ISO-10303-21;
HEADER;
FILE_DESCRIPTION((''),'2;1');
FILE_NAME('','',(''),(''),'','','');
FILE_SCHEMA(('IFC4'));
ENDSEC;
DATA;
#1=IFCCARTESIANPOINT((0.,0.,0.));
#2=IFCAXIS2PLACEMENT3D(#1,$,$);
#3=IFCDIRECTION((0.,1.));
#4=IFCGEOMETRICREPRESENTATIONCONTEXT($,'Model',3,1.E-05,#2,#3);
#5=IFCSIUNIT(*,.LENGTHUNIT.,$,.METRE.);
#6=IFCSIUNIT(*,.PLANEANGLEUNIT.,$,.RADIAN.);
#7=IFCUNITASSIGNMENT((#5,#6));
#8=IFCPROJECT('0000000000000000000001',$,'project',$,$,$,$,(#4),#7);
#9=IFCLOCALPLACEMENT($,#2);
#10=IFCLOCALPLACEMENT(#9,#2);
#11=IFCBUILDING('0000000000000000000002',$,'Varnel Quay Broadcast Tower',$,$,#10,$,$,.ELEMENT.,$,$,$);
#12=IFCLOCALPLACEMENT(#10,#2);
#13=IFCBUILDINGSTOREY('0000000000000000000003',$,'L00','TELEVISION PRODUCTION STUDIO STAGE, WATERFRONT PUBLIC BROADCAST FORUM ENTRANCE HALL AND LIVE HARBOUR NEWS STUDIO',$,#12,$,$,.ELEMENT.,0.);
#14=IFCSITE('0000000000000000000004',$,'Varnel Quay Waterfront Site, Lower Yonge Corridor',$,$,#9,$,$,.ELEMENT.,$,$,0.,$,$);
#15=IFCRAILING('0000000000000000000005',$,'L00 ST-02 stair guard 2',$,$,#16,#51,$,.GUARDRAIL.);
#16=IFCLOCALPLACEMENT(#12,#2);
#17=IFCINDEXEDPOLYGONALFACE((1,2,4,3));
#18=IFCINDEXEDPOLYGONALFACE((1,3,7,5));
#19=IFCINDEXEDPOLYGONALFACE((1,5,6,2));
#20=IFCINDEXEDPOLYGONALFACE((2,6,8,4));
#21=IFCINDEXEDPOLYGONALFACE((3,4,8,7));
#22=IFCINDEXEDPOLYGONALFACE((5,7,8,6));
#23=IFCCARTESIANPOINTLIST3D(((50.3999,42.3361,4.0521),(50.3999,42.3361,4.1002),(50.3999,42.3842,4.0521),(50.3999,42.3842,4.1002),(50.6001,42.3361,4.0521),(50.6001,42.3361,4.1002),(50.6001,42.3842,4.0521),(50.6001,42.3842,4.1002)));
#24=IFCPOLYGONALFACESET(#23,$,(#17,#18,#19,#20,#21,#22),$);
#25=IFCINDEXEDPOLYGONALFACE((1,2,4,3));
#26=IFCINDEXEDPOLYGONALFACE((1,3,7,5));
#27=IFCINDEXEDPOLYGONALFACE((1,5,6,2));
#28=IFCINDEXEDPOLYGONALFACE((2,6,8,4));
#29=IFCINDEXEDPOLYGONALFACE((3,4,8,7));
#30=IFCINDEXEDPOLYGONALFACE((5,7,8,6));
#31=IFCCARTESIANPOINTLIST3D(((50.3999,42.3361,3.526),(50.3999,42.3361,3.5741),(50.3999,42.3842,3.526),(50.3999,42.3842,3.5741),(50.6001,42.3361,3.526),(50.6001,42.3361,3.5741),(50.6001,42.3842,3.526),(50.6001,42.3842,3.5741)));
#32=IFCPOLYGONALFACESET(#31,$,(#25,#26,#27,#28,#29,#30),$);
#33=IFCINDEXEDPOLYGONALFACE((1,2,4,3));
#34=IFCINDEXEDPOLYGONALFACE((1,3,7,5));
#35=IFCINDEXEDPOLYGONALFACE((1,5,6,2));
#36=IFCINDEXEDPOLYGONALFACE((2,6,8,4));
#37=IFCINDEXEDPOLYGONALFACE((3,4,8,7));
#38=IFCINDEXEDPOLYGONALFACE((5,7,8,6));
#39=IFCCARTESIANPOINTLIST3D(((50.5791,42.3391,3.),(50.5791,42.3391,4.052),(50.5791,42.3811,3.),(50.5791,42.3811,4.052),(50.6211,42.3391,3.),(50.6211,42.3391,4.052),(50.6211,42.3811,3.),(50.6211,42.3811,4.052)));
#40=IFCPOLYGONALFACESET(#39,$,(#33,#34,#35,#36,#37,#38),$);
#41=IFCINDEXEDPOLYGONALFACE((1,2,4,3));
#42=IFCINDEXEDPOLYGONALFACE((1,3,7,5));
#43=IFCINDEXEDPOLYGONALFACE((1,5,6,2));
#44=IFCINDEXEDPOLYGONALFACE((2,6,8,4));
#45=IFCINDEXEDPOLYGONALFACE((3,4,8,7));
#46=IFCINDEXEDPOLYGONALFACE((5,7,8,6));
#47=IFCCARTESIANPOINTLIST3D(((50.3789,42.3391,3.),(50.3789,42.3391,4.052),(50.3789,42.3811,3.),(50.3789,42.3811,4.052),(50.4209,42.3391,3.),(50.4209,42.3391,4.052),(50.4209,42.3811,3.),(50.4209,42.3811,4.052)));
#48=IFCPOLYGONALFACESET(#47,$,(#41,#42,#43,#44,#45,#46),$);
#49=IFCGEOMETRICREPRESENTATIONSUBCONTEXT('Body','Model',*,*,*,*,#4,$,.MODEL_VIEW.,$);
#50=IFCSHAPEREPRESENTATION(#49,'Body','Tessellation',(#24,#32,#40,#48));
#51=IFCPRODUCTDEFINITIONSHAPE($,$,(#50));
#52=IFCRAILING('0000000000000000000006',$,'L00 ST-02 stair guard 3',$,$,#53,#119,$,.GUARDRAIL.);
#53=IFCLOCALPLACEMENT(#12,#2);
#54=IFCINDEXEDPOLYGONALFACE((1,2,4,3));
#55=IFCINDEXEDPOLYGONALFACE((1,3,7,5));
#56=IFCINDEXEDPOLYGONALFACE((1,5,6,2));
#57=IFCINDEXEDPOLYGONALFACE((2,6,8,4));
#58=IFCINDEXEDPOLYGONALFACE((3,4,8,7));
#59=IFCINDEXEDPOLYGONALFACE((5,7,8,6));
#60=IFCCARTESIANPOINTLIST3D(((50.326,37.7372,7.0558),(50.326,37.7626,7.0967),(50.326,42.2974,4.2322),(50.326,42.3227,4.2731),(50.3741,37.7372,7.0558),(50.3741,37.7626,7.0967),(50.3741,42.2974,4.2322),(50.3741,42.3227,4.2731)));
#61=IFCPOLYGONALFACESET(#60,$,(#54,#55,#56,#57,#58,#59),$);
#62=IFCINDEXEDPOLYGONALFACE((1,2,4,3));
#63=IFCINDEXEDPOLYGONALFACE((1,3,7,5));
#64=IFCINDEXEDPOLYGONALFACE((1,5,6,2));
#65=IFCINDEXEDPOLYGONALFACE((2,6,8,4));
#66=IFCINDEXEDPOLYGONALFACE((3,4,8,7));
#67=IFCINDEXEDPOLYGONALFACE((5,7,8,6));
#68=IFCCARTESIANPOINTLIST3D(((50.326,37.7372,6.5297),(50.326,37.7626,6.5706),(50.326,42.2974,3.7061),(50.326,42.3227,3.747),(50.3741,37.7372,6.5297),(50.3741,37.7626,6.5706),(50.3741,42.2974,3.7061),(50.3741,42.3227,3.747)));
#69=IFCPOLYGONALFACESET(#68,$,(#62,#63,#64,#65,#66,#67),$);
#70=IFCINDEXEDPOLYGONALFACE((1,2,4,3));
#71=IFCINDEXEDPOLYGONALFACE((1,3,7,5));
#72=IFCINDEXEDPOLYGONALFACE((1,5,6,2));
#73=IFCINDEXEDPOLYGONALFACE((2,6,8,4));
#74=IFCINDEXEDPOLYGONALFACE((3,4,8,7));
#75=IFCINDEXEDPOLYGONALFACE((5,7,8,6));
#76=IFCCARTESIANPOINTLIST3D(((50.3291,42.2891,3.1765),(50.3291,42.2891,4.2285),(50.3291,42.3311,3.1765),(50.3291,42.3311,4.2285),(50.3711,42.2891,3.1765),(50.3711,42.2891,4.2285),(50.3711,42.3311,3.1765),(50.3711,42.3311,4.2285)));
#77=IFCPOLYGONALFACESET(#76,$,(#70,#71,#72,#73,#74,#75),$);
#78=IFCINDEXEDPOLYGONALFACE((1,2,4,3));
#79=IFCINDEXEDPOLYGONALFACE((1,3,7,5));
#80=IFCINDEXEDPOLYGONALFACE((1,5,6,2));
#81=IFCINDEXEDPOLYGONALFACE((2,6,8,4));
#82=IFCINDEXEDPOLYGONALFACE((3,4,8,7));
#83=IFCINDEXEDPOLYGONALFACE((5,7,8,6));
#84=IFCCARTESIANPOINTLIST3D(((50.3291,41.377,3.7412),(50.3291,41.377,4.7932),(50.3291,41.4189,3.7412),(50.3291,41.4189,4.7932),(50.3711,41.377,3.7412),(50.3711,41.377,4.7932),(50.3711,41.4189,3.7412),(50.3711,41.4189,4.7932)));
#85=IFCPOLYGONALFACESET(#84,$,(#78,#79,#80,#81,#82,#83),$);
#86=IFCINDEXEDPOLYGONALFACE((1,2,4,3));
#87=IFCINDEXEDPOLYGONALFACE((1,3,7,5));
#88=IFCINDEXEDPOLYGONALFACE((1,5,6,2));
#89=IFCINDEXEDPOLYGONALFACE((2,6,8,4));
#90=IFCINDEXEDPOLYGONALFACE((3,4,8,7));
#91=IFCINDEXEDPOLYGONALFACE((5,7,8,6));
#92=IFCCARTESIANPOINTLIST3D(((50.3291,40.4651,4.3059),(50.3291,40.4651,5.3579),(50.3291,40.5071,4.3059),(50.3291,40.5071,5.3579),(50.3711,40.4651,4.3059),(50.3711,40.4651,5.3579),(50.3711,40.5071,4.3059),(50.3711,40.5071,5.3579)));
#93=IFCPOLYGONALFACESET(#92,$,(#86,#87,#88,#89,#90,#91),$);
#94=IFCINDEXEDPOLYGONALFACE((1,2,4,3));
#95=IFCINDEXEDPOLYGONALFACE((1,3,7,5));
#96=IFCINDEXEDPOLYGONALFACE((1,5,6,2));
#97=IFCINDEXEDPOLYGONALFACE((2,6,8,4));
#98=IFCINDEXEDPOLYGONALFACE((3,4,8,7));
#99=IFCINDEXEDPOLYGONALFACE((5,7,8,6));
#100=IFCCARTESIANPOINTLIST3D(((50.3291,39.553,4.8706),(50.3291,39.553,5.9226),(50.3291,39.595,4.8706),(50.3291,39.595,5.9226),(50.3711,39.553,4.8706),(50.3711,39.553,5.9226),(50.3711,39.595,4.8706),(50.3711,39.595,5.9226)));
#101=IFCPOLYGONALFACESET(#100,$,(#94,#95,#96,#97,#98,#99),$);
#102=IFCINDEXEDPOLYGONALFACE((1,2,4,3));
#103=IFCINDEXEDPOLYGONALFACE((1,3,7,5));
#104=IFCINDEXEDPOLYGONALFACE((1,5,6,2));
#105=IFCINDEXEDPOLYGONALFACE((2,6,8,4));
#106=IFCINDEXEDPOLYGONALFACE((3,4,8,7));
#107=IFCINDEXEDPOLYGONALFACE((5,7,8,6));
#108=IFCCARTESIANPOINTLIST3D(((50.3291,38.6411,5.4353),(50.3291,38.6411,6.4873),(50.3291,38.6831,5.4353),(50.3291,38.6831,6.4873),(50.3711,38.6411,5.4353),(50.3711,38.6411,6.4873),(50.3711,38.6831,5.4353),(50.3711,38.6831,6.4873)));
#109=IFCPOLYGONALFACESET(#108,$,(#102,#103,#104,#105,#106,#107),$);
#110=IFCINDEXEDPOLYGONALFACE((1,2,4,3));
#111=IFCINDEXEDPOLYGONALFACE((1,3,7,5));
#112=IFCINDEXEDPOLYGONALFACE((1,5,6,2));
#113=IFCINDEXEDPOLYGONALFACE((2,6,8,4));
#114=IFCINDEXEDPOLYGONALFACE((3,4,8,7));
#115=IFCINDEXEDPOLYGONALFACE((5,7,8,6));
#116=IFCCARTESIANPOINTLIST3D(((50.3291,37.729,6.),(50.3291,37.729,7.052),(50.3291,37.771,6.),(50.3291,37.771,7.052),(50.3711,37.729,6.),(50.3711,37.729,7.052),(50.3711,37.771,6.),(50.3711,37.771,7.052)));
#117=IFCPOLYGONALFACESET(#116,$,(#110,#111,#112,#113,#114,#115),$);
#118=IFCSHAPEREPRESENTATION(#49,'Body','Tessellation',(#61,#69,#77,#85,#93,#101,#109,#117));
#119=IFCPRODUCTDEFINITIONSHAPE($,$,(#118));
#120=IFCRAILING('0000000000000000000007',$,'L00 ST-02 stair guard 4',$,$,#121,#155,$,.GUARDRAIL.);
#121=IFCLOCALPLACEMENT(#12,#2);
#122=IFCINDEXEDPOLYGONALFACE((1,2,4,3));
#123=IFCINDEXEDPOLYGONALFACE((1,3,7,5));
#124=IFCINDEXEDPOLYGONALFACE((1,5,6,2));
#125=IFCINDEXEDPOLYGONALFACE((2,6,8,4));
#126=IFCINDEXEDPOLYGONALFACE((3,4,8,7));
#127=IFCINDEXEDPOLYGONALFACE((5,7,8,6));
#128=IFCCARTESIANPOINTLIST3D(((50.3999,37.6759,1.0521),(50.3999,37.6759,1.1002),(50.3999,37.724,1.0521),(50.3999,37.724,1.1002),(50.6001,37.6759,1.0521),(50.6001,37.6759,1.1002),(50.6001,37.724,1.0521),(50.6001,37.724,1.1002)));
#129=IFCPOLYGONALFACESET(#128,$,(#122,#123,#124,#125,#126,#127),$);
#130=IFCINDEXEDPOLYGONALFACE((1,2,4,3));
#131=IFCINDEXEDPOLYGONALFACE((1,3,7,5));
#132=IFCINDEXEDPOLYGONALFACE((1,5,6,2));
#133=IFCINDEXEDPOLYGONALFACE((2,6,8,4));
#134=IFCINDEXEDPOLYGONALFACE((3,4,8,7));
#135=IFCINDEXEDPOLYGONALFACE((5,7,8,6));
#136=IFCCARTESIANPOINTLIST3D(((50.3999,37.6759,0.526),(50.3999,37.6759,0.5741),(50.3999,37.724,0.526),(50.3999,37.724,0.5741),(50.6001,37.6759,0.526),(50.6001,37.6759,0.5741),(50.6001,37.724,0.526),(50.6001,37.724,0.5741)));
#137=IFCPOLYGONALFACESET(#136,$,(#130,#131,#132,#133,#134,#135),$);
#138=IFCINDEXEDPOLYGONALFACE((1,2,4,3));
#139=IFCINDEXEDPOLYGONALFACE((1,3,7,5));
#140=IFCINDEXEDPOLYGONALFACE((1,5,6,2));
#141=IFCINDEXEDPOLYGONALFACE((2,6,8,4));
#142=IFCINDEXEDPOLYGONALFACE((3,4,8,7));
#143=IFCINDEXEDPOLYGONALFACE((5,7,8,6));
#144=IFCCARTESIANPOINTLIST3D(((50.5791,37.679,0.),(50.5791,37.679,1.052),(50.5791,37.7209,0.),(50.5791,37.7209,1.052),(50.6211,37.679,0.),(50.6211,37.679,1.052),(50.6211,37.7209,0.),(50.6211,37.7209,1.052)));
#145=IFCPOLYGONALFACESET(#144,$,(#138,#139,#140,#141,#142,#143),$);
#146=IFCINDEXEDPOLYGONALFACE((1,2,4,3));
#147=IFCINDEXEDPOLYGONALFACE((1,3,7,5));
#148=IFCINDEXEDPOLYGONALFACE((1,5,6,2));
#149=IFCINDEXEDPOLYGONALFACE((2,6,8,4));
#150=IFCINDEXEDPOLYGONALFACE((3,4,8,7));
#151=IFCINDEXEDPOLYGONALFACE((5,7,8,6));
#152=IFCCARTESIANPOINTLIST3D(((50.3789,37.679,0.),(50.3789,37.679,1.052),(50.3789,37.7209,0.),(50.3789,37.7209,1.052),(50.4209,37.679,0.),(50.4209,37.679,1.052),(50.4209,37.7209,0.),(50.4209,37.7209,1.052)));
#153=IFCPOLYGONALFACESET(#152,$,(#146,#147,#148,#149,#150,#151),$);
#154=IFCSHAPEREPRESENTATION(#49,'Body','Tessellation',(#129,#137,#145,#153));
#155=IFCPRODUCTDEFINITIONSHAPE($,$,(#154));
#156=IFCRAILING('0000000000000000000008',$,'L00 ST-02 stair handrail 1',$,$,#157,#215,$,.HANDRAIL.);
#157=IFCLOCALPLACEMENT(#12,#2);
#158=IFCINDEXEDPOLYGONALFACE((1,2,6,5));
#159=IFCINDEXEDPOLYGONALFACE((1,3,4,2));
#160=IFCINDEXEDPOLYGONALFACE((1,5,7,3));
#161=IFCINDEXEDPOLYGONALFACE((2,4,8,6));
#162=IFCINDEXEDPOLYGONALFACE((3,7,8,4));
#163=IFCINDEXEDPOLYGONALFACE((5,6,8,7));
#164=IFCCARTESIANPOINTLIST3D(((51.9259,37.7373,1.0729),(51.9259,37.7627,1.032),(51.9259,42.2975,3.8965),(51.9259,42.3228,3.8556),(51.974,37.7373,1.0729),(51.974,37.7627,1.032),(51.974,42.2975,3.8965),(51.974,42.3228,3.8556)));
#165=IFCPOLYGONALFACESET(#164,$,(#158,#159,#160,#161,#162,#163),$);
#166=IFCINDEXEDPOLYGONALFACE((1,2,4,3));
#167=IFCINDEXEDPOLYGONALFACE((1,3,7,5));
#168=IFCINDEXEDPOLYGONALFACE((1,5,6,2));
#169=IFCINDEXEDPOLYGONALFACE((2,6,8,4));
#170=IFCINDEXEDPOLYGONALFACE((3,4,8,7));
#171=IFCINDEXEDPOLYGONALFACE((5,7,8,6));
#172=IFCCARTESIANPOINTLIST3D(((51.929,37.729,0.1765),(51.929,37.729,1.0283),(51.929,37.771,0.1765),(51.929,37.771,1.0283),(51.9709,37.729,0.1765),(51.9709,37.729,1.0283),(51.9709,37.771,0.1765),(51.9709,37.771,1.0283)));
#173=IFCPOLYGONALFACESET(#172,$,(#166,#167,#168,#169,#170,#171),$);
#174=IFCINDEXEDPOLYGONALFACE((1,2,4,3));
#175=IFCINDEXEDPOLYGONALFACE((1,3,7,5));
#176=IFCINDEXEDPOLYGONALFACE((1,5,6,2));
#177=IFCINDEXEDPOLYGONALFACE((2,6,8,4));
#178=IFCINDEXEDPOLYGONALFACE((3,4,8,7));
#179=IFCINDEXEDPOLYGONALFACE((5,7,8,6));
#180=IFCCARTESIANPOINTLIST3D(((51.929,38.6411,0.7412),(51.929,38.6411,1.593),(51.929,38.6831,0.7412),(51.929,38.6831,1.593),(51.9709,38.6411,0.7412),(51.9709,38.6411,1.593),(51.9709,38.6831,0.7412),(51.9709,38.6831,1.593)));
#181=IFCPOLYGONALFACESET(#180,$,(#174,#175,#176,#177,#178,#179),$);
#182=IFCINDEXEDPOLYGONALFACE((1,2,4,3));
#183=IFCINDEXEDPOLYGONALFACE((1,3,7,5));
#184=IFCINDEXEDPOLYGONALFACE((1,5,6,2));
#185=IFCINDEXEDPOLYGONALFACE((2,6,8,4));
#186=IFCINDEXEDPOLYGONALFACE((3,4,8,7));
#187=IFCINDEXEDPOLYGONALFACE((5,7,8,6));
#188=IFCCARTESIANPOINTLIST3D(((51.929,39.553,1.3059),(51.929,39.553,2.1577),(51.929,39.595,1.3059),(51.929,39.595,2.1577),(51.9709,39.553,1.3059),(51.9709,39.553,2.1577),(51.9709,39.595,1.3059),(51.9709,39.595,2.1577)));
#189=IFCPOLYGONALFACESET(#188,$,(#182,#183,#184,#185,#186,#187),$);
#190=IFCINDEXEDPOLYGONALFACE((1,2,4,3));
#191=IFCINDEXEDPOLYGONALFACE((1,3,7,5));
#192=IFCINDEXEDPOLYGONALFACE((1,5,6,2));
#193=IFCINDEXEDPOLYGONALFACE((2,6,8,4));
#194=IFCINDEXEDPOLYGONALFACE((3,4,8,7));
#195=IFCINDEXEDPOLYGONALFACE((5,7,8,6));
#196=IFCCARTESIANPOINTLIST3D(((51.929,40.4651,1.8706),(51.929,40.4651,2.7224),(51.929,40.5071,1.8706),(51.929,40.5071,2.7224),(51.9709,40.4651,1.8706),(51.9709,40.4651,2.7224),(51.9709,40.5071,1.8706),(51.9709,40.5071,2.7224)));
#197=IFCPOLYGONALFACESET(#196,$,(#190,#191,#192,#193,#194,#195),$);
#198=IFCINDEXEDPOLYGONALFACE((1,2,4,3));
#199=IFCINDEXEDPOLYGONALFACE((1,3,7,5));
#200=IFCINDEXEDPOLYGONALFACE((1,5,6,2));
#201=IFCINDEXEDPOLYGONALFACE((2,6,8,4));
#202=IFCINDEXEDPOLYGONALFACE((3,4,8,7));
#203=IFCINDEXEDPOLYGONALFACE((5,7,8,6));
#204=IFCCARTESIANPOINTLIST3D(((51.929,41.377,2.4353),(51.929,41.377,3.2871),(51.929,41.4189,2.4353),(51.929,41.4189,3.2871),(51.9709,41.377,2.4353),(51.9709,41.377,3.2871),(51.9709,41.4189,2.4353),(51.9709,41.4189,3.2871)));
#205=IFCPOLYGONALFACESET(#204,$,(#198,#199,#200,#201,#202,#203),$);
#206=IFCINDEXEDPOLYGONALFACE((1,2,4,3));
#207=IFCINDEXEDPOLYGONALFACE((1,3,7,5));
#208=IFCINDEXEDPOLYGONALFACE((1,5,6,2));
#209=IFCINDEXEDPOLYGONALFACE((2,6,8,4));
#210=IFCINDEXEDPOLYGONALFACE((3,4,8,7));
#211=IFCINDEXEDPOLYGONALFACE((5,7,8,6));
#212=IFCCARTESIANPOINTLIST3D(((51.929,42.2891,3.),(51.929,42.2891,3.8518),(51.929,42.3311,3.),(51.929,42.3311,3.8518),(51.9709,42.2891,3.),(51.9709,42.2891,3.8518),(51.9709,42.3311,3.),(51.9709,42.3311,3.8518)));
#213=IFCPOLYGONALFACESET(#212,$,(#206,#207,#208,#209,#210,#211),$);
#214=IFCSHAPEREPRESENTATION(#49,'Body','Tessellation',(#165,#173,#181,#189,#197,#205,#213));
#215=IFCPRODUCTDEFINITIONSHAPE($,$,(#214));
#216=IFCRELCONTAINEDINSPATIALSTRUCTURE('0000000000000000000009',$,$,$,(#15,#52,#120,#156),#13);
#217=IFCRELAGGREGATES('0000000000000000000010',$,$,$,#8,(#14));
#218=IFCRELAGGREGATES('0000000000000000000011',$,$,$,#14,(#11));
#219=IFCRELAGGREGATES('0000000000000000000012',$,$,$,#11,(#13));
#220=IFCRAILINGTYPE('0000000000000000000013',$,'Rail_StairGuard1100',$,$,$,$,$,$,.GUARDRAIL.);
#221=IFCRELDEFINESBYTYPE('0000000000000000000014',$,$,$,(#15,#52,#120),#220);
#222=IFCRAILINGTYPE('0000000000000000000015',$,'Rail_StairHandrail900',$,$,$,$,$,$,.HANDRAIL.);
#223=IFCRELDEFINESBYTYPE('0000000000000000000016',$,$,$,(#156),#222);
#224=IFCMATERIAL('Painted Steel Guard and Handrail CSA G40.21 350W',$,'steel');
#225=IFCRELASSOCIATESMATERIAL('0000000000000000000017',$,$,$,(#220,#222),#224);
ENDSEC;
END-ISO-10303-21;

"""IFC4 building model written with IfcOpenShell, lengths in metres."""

from ifc_helpers import new_model, si_unit, direction, frame, origin, origin_2d, place, context, subcontext, project, spatial, rectangle, extrude, material, type_object, element, save


model = new_model("IFC4")

# Units and contexts
model_context = context("Model", 3, precision=1e-05, world=origin(), true_north=direction((0.0, 1.0)))
body_context = subcontext(model_context, "Body", "Model", "MODEL_VIEW")
ifc_project = project(units=[si_unit("LENGTHUNIT", "METRE"), si_unit("PLANEANGLEUNIT", "RADIAN")], contexts=[model_context])

# Site, building, storey
site_placement = place(None, origin())
site = spatial("IfcSite", under=ifc_project, at=site_placement, Name="Varnel Quay Waterfront Site, Lower Yonge Corridor", CompositionType="ELEMENT", RefElevation=0.0)
building_placement = place(site_placement, origin())
building = spatial("IfcBuilding", under=site, at=building_placement, Name="Varnel Quay Broadcast Tower", CompositionType="ELEMENT")
storey_placement = place(building_placement, origin())
storey = spatial("IfcBuildingStorey", under=building, at=storey_placement, Name="L00", Description="TELEVISION PRODUCTION STUDIO STAGE, WATERFRONT PUBLIC BROADCAST FORUM ENTRANCE HALL AND LIVE HARBOUR NEWS STUDIO", CompositionType="ELEMENT", Elevation=0.0)

# Railings
ifc_material_1 = material(Name="Painted Steel Guard and Handrail CSA G40.21 350W", Category="steel")
railing_type_1 = type_object("IfcRailingType", Name="Rail_StairGuard1100", PredefinedType="GUARDRAIL", material=ifc_material_1)
railing_1_placement = place(storey_placement, frame((50.6001, 42.3601, 3.0)))
element("IfcRailing", 1, at=railing_1_placement, inside=storey, type_object=railing_type_1, Name="L00 ST-02 stair guard 2", PredefinedType="GUARDRAIL", context=body_context, shape_type="SweptSolid", body=[
    extrude(rectangle(XDim=0.0481, YDim=0.0481, at=origin_2d()), frame((0.0, 0.0, 1.0762), z_axis=(-1.0, 0.0, 0.0), x_axis=(0.0, -1.0, 0.0)), (0.0, 0.0, 1.0), 0.2002),
    extrude(rectangle(XDim=0.0481, YDim=0.0481, at=origin_2d()), frame((0.0, 0.0, 0.55), z_axis=(-1.0, 0.0, 0.0), x_axis=(0.0, -1.0, 0.0)), (0.0, 0.0, 1.0), 0.2002),
    extrude(rectangle(XDim=0.042, YDim=0.042, at=origin_2d()), origin(), (0.0, 0.0, 1.0), 1.052),
    extrude(rectangle(XDim=0.042, YDim=0.042, at=origin_2d()), frame((-0.2002, 0.0, 0.0)), (0.0, 0.0, 1.0), 1.052),
])
railing_2_placement = place(storey_placement, frame((50.3501, 42.3101, 3.1765)))
element("IfcRailing", 2, at=railing_2_placement, inside=storey, type_object=railing_type_1, Name="L00 ST-02 stair guard 3", PredefinedType="GUARDRAIL", context=body_context, shape_type="SweptSolid", body=[
    extrude(rectangle(XDim=0.0481, YDim=0.0481, at=origin_2d()), frame((0.0, 0.0, 1.0762), z_axis=(0.0, -0.850216, 0.526435), x_axis=(1.0, 0.0, 0.0)), (0.0, 0.0, 1.0), 5.3635),
    extrude(rectangle(XDim=0.0481, YDim=0.0481, at=origin_2d()), frame((0.0, 0.0, 0.55), z_axis=(0.0, -0.850216, 0.526435), x_axis=(1.0, 0.0, 0.0)), (0.0, 0.0, 1.0), 5.3635),
    extrude(rectangle(XDim=0.042, YDim=0.042, at=origin_2d()), origin(), (0.0, 0.0, 1.0), 1.052),
    extrude(rectangle(XDim=0.042, YDim=0.042, at=origin_2d()), frame((0.0, -0.9121, 0.5647)), (0.0, 0.0, 1.0), 1.052),
    extrude(rectangle(XDim=0.042, YDim=0.042, at=origin_2d()), frame((0.0, -1.824, 1.1294)), (0.0, 0.0, 1.0), 1.052),
    extrude(rectangle(XDim=0.042, YDim=0.042, at=origin_2d()), frame((0.0, -2.7361, 1.6941)), (0.0, 0.0, 1.0), 1.052),
    extrude(rectangle(XDim=0.042, YDim=0.042, at=origin_2d()), frame((0.0, -3.6479, 2.2588)), (0.0, 0.0, 1.0), 1.052),
    extrude(rectangle(XDim=0.042, YDim=0.042, at=origin_2d()), frame((0.0, -4.5601, 2.8235)), (0.0, 0.0, 1.0), 1.052),
])
railing_3_placement = place(storey_placement, frame((50.6001, 37.7, 0.0)))
element("IfcRailing", 3, at=railing_3_placement, inside=storey, type_object=railing_type_1, Name="L00 ST-02 stair guard 4", PredefinedType="GUARDRAIL", context=body_context, shape_type="SweptSolid", body=[
    extrude(rectangle(XDim=0.0481, YDim=0.0481, at=origin_2d()), frame((0.0, 0.0, 1.0762), z_axis=(-1.0, 0.0, 0.0), x_axis=(0.0, -1.0, 0.0)), (0.0, 0.0, 1.0), 0.2002),
    extrude(rectangle(XDim=0.0481, YDim=0.0481, at=origin_2d()), frame((0.0, 0.0, 0.55), z_axis=(-1.0, 0.0, 0.0), x_axis=(0.0, -1.0, 0.0)), (0.0, 0.0, 1.0), 0.2002),
    extrude(rectangle(XDim=0.042, YDim=0.042, at=origin_2d()), origin(), (0.0, 0.0, 1.0), 1.052),
    extrude(rectangle(XDim=0.042, YDim=0.042, at=origin_2d()), frame((-0.2002, 0.0, 0.0)), (0.0, 0.0, 1.0), 1.052),
])
railing_type_2 = type_object("IfcRailingType", Name="Rail_StairHandrail900", PredefinedType="HANDRAIL", material=ifc_material_1)
railing_4_placement = place(storey_placement, frame((51.95, 37.75, 0.1765)))
element("IfcRailing", 4, at=railing_4_placement, inside=storey, type_object=railing_type_2, Name="L00 ST-02 stair handrail 1", PredefinedType="HANDRAIL", context=body_context, shape_type="SweptSolid", body=[
    extrude(rectangle(XDim=0.0481, YDim=0.0481, at=origin_2d()), frame((0.0, 0.0, 0.876), z_axis=(0.0, 0.850216, 0.526435), x_axis=(-1.0, 0.0, 0.0)), (0.0, 0.0, 1.0), 5.3635),
    extrude(rectangle(XDim=0.042, YDim=0.042, at=origin_2d()), origin(), (0.0, 0.0, 1.0), 0.8518),
    extrude(rectangle(XDim=0.042, YDim=0.042, at=origin_2d()), frame((0.0, 0.9121, 0.5647)), (0.0, 0.0, 1.0), 0.8518),
    extrude(rectangle(XDim=0.042, YDim=0.042, at=origin_2d()), frame((0.0, 1.824, 1.1294)), (0.0, 0.0, 1.0), 0.8518),
    extrude(rectangle(XDim=0.042, YDim=0.042, at=origin_2d()), frame((0.0, 2.7361, 1.6941)), (0.0, 0.0, 1.0), 0.8518),
    extrude(rectangle(XDim=0.042, YDim=0.042, at=origin_2d()), frame((0.0, 3.6479, 2.2588)), (0.0, 0.0, 1.0), 0.8518),
    extrude(rectangle(XDim=0.042, YDim=0.042, at=origin_2d()), frame((0.0, 4.5601, 2.8235)), (0.0, 0.0, 1.0), 0.8518),
])

save(model, "model.ifc")
